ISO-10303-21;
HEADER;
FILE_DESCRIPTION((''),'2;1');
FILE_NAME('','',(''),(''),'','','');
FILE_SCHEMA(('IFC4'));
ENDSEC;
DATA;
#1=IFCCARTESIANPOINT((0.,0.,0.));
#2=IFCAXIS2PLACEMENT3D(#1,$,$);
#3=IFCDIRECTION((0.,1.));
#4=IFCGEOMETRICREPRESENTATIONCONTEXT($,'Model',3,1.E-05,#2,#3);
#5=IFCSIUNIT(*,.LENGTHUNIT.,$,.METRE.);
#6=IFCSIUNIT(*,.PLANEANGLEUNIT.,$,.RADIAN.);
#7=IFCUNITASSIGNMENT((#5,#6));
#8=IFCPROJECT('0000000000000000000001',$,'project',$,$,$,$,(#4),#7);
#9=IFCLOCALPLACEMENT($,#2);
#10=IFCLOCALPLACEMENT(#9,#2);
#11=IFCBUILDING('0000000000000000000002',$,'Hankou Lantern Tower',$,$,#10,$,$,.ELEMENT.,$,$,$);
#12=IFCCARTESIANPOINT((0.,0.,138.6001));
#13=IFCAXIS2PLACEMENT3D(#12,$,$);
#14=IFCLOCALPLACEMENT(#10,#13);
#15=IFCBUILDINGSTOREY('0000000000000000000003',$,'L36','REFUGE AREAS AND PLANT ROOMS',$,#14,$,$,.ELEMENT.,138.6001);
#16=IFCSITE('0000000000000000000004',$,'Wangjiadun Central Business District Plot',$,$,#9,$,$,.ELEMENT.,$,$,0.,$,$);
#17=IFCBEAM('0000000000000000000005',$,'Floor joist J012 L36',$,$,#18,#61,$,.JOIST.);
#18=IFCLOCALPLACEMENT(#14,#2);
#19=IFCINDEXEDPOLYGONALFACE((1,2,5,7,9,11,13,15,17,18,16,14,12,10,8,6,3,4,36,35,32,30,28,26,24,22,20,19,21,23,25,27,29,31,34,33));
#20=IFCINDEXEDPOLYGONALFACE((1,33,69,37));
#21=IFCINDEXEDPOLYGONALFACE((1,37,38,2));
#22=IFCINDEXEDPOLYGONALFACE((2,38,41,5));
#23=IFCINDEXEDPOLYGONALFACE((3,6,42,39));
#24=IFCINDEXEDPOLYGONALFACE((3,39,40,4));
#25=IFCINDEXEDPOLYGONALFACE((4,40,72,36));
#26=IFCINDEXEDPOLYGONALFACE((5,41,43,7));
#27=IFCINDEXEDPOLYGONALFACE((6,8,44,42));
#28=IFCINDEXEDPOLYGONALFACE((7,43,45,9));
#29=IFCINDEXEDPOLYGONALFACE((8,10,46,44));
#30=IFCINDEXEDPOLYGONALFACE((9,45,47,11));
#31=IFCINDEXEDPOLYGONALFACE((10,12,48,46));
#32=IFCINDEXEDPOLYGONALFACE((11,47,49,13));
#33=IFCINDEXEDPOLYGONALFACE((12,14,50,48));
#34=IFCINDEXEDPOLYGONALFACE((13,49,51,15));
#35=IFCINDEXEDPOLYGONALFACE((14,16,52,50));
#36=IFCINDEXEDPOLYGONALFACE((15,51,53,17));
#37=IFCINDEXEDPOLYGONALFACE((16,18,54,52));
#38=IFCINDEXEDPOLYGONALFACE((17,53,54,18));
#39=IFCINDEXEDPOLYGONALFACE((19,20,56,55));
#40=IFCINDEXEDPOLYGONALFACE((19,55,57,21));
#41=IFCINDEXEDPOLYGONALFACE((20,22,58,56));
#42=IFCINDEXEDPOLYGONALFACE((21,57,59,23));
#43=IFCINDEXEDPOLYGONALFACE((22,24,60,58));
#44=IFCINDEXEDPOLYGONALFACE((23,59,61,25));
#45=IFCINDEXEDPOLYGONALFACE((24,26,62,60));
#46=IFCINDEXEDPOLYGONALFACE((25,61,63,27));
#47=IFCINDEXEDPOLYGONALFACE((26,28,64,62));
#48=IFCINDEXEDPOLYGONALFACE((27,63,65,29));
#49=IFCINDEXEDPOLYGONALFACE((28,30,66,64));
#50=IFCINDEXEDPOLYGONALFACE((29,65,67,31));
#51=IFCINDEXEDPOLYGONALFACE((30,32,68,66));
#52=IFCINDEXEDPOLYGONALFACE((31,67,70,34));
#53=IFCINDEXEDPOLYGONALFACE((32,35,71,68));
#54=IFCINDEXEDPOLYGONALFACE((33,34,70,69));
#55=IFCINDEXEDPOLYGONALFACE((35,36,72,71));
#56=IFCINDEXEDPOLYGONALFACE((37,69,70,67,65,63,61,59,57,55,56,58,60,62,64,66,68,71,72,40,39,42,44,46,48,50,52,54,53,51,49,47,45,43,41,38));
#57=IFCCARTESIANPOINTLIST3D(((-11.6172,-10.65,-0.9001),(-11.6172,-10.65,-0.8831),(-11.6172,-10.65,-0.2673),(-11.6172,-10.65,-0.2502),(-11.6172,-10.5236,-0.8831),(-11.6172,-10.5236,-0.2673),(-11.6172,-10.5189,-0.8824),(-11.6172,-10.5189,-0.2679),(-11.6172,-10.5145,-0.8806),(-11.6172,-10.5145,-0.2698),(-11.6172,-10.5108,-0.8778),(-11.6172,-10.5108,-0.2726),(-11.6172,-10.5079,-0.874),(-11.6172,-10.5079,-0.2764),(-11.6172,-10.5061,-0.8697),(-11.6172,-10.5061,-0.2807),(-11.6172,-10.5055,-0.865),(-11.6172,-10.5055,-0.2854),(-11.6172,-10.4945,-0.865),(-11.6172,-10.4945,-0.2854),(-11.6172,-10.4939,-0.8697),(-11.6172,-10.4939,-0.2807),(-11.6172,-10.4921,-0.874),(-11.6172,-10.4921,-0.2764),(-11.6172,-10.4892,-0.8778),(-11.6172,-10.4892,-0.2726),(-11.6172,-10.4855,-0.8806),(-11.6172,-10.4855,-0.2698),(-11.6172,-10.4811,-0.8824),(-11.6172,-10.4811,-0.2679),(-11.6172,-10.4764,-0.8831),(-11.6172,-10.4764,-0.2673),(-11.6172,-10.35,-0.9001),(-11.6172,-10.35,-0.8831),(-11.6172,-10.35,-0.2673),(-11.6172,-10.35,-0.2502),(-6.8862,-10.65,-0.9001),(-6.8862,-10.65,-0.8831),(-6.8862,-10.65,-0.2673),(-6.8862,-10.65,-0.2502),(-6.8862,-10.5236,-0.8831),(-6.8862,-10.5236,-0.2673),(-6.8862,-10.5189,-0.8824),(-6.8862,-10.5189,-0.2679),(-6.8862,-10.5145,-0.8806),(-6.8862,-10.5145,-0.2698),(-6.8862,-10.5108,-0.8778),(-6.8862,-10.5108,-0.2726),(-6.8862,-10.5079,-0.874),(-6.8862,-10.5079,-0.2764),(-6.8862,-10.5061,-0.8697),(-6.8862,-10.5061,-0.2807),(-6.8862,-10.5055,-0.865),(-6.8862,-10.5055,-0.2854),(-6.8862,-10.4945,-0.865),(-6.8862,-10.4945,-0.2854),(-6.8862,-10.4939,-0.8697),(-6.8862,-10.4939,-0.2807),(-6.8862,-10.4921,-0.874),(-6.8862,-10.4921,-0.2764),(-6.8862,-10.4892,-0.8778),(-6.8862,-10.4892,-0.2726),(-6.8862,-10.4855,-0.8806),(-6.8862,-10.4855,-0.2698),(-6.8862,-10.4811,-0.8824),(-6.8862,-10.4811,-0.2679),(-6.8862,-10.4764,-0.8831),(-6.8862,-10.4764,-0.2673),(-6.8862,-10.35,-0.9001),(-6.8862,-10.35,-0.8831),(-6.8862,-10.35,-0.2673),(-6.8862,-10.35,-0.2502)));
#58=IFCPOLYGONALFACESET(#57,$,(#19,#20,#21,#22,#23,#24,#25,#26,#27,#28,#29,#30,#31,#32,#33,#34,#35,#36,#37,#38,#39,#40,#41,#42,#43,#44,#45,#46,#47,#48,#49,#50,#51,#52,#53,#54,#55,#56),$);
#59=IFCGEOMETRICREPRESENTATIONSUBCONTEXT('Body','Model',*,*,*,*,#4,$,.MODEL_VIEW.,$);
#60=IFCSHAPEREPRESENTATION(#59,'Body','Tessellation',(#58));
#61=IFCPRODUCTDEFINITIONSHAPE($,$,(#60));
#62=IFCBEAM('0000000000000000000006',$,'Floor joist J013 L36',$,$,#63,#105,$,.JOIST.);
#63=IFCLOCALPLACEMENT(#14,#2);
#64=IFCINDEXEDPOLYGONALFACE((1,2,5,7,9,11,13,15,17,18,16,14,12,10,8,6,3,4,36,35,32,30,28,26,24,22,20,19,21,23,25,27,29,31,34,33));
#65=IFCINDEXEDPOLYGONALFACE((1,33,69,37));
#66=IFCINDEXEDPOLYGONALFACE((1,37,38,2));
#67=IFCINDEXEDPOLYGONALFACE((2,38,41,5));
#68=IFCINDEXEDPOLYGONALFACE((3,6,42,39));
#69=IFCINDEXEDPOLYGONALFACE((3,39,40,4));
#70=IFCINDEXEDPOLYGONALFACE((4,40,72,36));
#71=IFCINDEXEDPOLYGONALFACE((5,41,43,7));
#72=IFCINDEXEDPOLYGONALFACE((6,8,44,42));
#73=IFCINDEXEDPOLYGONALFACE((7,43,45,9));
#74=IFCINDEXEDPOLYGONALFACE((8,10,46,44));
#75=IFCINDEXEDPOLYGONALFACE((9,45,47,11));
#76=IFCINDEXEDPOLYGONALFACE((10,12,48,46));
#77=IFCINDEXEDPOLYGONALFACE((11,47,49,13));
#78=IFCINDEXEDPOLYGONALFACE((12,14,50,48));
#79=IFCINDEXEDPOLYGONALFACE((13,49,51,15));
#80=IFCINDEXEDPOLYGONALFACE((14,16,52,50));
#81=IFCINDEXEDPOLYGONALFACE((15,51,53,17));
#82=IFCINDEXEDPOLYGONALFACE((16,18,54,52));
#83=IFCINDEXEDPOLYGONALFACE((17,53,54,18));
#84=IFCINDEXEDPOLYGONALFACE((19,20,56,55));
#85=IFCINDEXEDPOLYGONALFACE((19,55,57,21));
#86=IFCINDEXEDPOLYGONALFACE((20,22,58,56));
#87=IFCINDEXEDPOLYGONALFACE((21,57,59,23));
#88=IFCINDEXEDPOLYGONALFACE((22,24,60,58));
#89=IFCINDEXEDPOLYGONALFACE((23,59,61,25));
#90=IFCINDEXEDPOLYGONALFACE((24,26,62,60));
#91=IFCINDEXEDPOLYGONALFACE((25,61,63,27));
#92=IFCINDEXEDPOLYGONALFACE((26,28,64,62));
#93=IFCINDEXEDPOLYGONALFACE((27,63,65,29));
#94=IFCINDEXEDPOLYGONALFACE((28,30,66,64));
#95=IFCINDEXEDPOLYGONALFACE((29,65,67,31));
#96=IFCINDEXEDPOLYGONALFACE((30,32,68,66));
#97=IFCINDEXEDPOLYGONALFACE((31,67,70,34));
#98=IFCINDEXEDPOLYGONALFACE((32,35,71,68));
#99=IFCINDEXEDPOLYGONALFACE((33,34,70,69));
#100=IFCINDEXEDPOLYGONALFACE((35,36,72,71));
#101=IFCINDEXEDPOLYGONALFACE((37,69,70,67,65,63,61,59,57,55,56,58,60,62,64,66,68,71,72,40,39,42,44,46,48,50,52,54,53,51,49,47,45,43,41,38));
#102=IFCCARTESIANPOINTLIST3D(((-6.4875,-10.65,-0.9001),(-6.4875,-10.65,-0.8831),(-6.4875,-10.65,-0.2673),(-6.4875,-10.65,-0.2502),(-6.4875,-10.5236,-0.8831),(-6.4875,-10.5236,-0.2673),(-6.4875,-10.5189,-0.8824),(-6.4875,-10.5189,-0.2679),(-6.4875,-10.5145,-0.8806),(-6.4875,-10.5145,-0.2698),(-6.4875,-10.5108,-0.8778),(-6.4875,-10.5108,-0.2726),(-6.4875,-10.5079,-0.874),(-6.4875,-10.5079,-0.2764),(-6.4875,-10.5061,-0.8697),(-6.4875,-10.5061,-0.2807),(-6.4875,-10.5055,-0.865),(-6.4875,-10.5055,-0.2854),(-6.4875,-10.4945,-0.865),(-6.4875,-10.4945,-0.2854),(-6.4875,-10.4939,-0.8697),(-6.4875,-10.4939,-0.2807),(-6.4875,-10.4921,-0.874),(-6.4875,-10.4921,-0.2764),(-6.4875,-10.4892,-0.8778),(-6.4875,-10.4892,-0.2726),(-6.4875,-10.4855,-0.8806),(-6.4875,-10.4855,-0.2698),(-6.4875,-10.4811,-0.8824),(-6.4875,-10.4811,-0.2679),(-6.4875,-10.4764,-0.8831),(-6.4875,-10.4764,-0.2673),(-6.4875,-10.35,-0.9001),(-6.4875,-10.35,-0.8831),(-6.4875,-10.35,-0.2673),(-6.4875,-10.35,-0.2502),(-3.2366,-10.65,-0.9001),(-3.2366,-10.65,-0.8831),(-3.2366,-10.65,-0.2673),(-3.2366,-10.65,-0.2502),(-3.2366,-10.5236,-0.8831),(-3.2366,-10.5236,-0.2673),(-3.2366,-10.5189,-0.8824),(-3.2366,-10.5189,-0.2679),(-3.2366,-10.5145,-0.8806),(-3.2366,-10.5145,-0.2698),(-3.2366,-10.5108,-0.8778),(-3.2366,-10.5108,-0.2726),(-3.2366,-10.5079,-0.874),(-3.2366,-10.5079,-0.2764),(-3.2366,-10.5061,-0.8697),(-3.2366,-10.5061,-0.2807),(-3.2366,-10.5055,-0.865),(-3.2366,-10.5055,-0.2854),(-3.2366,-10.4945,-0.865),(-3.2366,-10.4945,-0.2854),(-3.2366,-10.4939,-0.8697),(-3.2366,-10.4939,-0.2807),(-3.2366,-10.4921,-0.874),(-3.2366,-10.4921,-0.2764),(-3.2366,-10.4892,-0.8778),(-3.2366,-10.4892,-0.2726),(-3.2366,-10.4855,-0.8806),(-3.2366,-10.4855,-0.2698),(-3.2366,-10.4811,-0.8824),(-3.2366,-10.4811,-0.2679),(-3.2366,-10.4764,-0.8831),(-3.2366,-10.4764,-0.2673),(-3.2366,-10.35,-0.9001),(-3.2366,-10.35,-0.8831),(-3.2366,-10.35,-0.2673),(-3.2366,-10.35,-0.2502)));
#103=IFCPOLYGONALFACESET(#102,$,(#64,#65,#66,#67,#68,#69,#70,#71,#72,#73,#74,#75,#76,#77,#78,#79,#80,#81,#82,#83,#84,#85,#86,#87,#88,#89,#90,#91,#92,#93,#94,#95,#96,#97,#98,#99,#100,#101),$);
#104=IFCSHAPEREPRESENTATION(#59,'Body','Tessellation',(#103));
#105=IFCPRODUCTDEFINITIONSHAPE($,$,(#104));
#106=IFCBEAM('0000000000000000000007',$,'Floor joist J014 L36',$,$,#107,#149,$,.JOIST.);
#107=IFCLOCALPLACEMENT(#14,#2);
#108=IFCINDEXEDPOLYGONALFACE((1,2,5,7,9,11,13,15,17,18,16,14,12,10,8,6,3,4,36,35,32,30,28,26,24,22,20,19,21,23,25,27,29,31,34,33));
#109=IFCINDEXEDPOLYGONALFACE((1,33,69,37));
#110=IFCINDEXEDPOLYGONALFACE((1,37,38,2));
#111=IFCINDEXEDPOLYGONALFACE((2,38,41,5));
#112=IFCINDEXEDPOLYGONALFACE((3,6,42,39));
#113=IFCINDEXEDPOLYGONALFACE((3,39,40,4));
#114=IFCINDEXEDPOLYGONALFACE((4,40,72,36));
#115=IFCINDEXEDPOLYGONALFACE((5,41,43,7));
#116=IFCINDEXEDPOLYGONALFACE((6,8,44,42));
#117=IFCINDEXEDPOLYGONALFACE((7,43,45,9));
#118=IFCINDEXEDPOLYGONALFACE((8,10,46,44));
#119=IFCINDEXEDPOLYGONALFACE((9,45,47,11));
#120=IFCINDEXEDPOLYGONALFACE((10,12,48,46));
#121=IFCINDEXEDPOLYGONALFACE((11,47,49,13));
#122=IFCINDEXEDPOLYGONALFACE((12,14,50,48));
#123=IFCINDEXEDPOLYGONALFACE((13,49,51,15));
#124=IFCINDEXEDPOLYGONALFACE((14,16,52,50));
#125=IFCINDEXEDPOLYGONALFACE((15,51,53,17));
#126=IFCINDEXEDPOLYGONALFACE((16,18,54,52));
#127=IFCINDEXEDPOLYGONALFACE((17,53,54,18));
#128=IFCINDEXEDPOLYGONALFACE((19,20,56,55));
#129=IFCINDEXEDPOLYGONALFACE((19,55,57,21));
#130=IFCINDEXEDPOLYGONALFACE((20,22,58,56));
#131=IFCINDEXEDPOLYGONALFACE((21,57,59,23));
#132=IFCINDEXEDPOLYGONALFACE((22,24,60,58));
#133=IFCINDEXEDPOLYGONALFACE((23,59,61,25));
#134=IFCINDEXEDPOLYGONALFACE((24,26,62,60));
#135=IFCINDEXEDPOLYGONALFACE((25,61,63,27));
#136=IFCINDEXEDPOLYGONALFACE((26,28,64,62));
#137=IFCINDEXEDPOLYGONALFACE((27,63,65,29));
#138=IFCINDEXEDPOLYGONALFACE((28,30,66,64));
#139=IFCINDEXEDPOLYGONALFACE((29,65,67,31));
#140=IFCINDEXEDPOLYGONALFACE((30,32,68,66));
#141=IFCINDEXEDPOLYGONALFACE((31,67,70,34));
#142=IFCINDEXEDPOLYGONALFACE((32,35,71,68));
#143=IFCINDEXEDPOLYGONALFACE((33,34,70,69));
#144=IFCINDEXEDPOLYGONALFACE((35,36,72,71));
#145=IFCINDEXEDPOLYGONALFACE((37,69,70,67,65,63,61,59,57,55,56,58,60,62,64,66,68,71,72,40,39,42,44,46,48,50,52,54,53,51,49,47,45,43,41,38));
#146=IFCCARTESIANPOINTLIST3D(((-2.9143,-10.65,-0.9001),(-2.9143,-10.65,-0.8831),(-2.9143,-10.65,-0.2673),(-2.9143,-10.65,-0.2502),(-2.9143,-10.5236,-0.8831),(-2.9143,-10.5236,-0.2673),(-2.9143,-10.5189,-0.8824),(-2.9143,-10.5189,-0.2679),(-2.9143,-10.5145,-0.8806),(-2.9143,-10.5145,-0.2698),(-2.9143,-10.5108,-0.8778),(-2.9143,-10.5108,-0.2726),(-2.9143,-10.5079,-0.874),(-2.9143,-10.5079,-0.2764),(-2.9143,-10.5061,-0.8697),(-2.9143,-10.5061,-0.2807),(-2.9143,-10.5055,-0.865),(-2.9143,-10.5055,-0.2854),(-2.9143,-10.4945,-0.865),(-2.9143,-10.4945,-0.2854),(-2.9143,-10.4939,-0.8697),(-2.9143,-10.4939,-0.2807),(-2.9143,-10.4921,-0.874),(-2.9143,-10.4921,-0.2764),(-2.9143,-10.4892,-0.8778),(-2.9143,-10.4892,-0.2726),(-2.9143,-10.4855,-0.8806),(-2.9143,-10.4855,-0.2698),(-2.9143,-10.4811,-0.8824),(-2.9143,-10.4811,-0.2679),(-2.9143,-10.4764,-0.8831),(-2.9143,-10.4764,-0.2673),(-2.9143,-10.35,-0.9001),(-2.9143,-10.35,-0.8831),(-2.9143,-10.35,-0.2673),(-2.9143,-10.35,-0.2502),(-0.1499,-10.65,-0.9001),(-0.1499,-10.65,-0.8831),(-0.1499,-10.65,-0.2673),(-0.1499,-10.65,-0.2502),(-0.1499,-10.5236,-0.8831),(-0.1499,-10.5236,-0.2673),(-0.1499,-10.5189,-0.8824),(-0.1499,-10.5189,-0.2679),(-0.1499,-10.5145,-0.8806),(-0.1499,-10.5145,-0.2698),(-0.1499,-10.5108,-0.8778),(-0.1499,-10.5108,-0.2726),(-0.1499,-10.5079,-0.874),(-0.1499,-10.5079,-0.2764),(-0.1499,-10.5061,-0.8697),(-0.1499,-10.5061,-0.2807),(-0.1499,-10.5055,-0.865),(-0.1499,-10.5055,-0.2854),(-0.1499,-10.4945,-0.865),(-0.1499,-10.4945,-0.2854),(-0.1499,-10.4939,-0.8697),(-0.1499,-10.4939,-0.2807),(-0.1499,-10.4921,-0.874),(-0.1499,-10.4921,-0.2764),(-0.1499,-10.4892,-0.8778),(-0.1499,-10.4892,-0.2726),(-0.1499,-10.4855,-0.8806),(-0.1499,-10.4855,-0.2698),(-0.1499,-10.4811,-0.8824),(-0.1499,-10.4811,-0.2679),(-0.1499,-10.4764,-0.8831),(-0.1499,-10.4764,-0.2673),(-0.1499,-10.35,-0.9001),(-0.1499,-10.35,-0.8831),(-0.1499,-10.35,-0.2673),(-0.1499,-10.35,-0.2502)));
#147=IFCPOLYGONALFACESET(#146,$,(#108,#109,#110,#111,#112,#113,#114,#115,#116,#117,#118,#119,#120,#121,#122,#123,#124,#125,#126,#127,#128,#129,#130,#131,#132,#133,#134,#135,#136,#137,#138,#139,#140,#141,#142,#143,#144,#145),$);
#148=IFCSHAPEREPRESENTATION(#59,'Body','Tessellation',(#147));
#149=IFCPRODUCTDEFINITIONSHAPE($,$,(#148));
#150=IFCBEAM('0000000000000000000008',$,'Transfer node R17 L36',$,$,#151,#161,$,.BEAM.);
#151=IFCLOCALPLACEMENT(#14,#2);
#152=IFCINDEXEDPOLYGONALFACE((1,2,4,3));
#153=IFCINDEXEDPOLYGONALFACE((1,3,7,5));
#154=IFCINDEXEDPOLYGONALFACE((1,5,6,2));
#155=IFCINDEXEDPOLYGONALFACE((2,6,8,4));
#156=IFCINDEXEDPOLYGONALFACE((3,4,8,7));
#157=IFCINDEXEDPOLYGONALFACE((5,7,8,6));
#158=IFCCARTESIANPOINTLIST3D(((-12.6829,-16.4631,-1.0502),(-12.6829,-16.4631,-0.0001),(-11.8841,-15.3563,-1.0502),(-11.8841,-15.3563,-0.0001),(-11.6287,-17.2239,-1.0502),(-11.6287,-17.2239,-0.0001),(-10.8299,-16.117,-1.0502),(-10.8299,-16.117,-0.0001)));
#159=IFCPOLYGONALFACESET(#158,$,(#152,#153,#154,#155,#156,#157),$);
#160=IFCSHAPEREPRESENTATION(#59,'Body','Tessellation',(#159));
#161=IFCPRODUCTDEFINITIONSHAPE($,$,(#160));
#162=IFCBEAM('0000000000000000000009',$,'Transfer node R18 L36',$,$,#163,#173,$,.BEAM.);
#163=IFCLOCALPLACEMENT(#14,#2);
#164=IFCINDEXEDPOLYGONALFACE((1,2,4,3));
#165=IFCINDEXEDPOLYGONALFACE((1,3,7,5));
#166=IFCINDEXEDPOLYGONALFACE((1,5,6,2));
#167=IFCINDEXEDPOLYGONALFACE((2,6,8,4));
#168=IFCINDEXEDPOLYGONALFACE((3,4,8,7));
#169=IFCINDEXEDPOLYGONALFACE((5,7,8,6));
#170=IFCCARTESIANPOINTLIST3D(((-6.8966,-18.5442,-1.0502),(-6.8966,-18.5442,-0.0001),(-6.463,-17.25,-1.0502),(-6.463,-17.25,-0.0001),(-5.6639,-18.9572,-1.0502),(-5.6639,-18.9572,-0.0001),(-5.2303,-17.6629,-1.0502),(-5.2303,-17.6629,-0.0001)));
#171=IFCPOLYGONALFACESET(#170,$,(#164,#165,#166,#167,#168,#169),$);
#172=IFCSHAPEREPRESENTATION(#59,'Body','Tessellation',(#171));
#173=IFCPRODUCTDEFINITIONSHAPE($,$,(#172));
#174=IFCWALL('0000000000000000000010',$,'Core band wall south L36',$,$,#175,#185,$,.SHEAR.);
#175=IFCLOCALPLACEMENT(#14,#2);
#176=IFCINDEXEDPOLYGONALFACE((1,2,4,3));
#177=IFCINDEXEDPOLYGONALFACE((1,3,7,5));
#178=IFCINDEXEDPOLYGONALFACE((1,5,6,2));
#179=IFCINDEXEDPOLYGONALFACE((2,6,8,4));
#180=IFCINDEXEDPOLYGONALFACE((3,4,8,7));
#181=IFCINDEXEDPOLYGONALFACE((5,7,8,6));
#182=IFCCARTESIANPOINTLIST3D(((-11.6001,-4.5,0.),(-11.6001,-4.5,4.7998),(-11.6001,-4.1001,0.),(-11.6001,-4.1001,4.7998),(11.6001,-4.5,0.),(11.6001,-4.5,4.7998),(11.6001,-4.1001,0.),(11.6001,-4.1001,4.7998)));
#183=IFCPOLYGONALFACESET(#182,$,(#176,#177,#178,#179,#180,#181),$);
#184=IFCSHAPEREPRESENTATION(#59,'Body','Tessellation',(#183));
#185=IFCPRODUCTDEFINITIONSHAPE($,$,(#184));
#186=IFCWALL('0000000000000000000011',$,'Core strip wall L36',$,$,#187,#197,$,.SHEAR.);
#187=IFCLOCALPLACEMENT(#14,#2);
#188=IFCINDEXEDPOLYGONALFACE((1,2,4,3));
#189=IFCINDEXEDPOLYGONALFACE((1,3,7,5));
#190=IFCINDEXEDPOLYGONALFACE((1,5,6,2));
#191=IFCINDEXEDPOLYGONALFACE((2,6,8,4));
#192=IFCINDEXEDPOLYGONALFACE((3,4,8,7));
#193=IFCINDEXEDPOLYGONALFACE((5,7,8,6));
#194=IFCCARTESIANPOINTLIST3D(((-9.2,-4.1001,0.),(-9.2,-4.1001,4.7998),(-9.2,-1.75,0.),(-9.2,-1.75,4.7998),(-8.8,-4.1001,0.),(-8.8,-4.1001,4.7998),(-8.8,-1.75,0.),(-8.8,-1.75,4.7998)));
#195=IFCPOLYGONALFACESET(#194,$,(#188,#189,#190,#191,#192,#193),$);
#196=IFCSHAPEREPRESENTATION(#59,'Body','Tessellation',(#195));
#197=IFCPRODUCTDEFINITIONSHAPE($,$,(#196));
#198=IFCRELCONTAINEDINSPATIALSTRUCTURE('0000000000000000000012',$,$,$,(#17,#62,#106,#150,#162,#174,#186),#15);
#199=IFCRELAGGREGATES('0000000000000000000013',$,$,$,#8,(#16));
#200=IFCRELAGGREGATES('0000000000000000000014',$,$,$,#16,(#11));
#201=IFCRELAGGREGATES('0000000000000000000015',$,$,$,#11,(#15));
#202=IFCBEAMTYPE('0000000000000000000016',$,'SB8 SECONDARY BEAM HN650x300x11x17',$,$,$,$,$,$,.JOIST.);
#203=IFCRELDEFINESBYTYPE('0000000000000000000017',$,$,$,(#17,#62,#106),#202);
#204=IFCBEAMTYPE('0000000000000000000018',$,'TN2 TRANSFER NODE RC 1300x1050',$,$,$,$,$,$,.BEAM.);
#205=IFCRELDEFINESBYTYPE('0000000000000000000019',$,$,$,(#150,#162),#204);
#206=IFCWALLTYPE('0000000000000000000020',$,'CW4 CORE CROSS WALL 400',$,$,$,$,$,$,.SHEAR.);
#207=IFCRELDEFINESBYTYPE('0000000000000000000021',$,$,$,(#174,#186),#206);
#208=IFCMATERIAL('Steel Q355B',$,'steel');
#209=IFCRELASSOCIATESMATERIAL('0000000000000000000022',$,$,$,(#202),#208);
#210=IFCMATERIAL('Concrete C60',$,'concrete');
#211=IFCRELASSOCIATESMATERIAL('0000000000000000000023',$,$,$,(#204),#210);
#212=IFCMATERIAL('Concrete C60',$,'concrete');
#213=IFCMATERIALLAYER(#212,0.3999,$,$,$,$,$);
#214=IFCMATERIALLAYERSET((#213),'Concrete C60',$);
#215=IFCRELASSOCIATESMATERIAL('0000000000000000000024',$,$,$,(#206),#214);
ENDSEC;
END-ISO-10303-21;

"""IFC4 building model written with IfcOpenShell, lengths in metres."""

from ifc_helpers import new_model, si_unit, direction, frame, frame_2d, origin, origin_2d, place, context, subcontext, project, spatial, rectangle, i_section, extrude, material, layer, layer_set, material_profile, profile_set, type_object, element, save


model = new_model("IFC4")

# Units and contexts
model_context = context("Model", 3, precision=1e-05, world=origin(), true_north=direction((0.0, 1.0)))
body_context = subcontext(model_context, "Body", "Model", "MODEL_VIEW")
ifc_project = project(units=[si_unit("LENGTHUNIT", "METRE"), si_unit("PLANEANGLEUNIT", "RADIAN")], contexts=[model_context])

# Site, building, storey
site_placement = place(None, origin())
site = spatial("IfcSite", under=ifc_project, at=site_placement, Name="Wangjiadun Central Business District Plot", CompositionType="ELEMENT", RefElevation=0.0)
building_placement = place(site_placement, origin())
building = spatial("IfcBuilding", under=site, at=building_placement, Name="Hankou Lantern Tower", CompositionType="ELEMENT")
storey_placement = place(building_placement, frame((0.0, 0.0, 138.6001)))
storey = spatial("IfcBuildingStorey", under=building, at=storey_placement, Name="L36", Description="REFUGE AREAS AND PLANT ROOMS", CompositionType="ELEMENT", Elevation=138.6001)

# Beams
ifc_material_1 = material(Name="Steel Q355B", Category="steel")
ifc_material_profile_1 = material_profile(ifc_material_1, i_section(OverallWidth=0.3, OverallDepth=0.6499, WebThickness=0.011, FlangeThickness=0.0171, FilletRadius=0.0181, at=origin_2d()), Name="HN650x300x11x17")
ifc_profile_set_1 = profile_set([ifc_material_profile_1], Name="Steel Q355B")
beam_type_1 = type_object("IfcBeamType", Name="SB8 SECONDARY BEAM HN650x300x11x17", PredefinedType="JOIST", material=ifc_profile_set_1)
beam_1_placement = place(storey_placement, frame((-11.6172, -10.5, -0.5752), z_axis=(1.0, 0.0, 0.0), x_axis=(0.0, 1.0, 0.0)))
element("IfcBeam", 1, at=beam_1_placement, inside=storey, type_object=beam_type_1, Name="Floor joist J012 L36", PredefinedType="JOIST", context=body_context, shape_type="SweptSolid", body=[
    extrude(i_section(OverallWidth=0.3, OverallDepth=0.6499, WebThickness=0.011, FlangeThickness=0.0171, FilletRadius=0.0181, at=origin_2d()), origin(), (0.0, 0.0, 1.0), 4.731),
])
beam_2_placement = place(storey_placement, frame((-6.4875, -10.5, -0.5752), z_axis=(1.0, 0.0, 0.0), x_axis=(0.0, 1.0, 0.0)))
element("IfcBeam", 2, at=beam_2_placement, inside=storey, type_object=beam_type_1, Name="Floor joist J013 L36", PredefinedType="JOIST", context=body_context, shape_type="SweptSolid", body=[
    extrude(i_section(OverallWidth=0.3, OverallDepth=0.6499, WebThickness=0.011, FlangeThickness=0.0171, FilletRadius=0.0181, at=origin_2d()), origin(), (0.0, 0.0, 1.0), 3.251),
])
beam_3_placement = place(storey_placement, frame((-2.9143, -10.5, -0.5752), z_axis=(1.0, 0.0, 0.0), x_axis=(0.0, 1.0, 0.0)))
element("IfcBeam", 3, at=beam_3_placement, inside=storey, type_object=beam_type_1, Name="Floor joist J014 L36", PredefinedType="JOIST", context=body_context, shape_type="SweptSolid", body=[
    extrude(i_section(OverallWidth=0.3, OverallDepth=0.6499, WebThickness=0.011, FlangeThickness=0.0171, FilletRadius=0.0181, at=origin_2d()), origin(), (0.0, 0.0, 1.0), 2.7644),
])
ifc_material_2 = material(Name="Concrete C60", Category="concrete")
ifc_material_profile_2 = material_profile(ifc_material_2, rectangle(XDim=1.3, YDim=1.05, at=origin_2d()), Name="RC 1300x1050")
ifc_profile_set_2 = profile_set([ifc_material_profile_2], Name="Concrete C60")
beam_type_2 = type_object("IfcBeamType", Name="TN2 TRANSFER NODE RC 1300x1050", PredefinedType="BEAM", material=ifc_profile_set_2)
for number, where, z_axis, x_axis, name in (
    (4, (-12.1558, -16.8435, -0.5251), (0.58519, 0.810896, 0.0), (-0.810896, 0.58519, 0.0), "Transfer node R17 L36"),
    (5, (-6.2803, -18.7507, -0.5251), (0.317676, 0.948199, 0.0), (-0.948199, 0.317676, 0.0), "Transfer node R18 L36"),
):
    element("IfcBeam", number, at=place(storey_placement, frame(where, z_axis=z_axis, x_axis=x_axis)), inside=storey, type_object=beam_type_2, Name=name, PredefinedType="BEAM", context=body_context, shape_type="SweptSolid", body=[
        extrude(rectangle(XDim=1.3, YDim=1.05, at=origin_2d()), origin(), (0.0, 0.0, 1.0), 1.365),
    ])

# Walls
ifc_material_3 = material(Name="Concrete C60", Category="concrete")
ifc_layer_1 = layer(ifc_material_3, 0.3999)
ifc_layer_set_1 = layer_set([ifc_layer_1], Name="Concrete C60")
wall_type_1 = type_object("IfcWallType", Name="CW4 CORE CROSS WALL 400", PredefinedType="SHEAR", material=ifc_layer_set_1)
wall_1_placement = place(storey_placement, frame((-11.6001, -4.3, 0.0), z_axis=(0.0, 0.0, 1.0), x_axis=(1.0, 0.0, 0.0)))
element("IfcWall", 6, at=wall_1_placement, inside=storey, type_object=wall_type_1, Name="Core band wall south L36", PredefinedType="SHEAR", context=body_context, shape_type="SweptSolid", body=[
    extrude(rectangle(XDim=23.2002, YDim=0.3999, at=frame_2d((11.6001, 0.0))), origin(), (0.0, 0.0, 1.0), 4.7998),
])
wall_2_placement = place(storey_placement, frame((-9.0, -4.1001, 0.0), z_axis=(0.0, 0.0, 1.0), x_axis=(0.0, 1.0, 0.0)))
element("IfcWall", 7, at=wall_2_placement, inside=storey, type_object=wall_type_1, Name="Core strip wall L36", PredefinedType="SHEAR", context=body_context, shape_type="SweptSolid", body=[
    extrude(rectangle(XDim=2.3501, YDim=0.3999, at=frame_2d((1.175, 0.0))), origin(), (0.0, 0.0, 1.0), 4.7998),
])

save(model, "model.ifc")
